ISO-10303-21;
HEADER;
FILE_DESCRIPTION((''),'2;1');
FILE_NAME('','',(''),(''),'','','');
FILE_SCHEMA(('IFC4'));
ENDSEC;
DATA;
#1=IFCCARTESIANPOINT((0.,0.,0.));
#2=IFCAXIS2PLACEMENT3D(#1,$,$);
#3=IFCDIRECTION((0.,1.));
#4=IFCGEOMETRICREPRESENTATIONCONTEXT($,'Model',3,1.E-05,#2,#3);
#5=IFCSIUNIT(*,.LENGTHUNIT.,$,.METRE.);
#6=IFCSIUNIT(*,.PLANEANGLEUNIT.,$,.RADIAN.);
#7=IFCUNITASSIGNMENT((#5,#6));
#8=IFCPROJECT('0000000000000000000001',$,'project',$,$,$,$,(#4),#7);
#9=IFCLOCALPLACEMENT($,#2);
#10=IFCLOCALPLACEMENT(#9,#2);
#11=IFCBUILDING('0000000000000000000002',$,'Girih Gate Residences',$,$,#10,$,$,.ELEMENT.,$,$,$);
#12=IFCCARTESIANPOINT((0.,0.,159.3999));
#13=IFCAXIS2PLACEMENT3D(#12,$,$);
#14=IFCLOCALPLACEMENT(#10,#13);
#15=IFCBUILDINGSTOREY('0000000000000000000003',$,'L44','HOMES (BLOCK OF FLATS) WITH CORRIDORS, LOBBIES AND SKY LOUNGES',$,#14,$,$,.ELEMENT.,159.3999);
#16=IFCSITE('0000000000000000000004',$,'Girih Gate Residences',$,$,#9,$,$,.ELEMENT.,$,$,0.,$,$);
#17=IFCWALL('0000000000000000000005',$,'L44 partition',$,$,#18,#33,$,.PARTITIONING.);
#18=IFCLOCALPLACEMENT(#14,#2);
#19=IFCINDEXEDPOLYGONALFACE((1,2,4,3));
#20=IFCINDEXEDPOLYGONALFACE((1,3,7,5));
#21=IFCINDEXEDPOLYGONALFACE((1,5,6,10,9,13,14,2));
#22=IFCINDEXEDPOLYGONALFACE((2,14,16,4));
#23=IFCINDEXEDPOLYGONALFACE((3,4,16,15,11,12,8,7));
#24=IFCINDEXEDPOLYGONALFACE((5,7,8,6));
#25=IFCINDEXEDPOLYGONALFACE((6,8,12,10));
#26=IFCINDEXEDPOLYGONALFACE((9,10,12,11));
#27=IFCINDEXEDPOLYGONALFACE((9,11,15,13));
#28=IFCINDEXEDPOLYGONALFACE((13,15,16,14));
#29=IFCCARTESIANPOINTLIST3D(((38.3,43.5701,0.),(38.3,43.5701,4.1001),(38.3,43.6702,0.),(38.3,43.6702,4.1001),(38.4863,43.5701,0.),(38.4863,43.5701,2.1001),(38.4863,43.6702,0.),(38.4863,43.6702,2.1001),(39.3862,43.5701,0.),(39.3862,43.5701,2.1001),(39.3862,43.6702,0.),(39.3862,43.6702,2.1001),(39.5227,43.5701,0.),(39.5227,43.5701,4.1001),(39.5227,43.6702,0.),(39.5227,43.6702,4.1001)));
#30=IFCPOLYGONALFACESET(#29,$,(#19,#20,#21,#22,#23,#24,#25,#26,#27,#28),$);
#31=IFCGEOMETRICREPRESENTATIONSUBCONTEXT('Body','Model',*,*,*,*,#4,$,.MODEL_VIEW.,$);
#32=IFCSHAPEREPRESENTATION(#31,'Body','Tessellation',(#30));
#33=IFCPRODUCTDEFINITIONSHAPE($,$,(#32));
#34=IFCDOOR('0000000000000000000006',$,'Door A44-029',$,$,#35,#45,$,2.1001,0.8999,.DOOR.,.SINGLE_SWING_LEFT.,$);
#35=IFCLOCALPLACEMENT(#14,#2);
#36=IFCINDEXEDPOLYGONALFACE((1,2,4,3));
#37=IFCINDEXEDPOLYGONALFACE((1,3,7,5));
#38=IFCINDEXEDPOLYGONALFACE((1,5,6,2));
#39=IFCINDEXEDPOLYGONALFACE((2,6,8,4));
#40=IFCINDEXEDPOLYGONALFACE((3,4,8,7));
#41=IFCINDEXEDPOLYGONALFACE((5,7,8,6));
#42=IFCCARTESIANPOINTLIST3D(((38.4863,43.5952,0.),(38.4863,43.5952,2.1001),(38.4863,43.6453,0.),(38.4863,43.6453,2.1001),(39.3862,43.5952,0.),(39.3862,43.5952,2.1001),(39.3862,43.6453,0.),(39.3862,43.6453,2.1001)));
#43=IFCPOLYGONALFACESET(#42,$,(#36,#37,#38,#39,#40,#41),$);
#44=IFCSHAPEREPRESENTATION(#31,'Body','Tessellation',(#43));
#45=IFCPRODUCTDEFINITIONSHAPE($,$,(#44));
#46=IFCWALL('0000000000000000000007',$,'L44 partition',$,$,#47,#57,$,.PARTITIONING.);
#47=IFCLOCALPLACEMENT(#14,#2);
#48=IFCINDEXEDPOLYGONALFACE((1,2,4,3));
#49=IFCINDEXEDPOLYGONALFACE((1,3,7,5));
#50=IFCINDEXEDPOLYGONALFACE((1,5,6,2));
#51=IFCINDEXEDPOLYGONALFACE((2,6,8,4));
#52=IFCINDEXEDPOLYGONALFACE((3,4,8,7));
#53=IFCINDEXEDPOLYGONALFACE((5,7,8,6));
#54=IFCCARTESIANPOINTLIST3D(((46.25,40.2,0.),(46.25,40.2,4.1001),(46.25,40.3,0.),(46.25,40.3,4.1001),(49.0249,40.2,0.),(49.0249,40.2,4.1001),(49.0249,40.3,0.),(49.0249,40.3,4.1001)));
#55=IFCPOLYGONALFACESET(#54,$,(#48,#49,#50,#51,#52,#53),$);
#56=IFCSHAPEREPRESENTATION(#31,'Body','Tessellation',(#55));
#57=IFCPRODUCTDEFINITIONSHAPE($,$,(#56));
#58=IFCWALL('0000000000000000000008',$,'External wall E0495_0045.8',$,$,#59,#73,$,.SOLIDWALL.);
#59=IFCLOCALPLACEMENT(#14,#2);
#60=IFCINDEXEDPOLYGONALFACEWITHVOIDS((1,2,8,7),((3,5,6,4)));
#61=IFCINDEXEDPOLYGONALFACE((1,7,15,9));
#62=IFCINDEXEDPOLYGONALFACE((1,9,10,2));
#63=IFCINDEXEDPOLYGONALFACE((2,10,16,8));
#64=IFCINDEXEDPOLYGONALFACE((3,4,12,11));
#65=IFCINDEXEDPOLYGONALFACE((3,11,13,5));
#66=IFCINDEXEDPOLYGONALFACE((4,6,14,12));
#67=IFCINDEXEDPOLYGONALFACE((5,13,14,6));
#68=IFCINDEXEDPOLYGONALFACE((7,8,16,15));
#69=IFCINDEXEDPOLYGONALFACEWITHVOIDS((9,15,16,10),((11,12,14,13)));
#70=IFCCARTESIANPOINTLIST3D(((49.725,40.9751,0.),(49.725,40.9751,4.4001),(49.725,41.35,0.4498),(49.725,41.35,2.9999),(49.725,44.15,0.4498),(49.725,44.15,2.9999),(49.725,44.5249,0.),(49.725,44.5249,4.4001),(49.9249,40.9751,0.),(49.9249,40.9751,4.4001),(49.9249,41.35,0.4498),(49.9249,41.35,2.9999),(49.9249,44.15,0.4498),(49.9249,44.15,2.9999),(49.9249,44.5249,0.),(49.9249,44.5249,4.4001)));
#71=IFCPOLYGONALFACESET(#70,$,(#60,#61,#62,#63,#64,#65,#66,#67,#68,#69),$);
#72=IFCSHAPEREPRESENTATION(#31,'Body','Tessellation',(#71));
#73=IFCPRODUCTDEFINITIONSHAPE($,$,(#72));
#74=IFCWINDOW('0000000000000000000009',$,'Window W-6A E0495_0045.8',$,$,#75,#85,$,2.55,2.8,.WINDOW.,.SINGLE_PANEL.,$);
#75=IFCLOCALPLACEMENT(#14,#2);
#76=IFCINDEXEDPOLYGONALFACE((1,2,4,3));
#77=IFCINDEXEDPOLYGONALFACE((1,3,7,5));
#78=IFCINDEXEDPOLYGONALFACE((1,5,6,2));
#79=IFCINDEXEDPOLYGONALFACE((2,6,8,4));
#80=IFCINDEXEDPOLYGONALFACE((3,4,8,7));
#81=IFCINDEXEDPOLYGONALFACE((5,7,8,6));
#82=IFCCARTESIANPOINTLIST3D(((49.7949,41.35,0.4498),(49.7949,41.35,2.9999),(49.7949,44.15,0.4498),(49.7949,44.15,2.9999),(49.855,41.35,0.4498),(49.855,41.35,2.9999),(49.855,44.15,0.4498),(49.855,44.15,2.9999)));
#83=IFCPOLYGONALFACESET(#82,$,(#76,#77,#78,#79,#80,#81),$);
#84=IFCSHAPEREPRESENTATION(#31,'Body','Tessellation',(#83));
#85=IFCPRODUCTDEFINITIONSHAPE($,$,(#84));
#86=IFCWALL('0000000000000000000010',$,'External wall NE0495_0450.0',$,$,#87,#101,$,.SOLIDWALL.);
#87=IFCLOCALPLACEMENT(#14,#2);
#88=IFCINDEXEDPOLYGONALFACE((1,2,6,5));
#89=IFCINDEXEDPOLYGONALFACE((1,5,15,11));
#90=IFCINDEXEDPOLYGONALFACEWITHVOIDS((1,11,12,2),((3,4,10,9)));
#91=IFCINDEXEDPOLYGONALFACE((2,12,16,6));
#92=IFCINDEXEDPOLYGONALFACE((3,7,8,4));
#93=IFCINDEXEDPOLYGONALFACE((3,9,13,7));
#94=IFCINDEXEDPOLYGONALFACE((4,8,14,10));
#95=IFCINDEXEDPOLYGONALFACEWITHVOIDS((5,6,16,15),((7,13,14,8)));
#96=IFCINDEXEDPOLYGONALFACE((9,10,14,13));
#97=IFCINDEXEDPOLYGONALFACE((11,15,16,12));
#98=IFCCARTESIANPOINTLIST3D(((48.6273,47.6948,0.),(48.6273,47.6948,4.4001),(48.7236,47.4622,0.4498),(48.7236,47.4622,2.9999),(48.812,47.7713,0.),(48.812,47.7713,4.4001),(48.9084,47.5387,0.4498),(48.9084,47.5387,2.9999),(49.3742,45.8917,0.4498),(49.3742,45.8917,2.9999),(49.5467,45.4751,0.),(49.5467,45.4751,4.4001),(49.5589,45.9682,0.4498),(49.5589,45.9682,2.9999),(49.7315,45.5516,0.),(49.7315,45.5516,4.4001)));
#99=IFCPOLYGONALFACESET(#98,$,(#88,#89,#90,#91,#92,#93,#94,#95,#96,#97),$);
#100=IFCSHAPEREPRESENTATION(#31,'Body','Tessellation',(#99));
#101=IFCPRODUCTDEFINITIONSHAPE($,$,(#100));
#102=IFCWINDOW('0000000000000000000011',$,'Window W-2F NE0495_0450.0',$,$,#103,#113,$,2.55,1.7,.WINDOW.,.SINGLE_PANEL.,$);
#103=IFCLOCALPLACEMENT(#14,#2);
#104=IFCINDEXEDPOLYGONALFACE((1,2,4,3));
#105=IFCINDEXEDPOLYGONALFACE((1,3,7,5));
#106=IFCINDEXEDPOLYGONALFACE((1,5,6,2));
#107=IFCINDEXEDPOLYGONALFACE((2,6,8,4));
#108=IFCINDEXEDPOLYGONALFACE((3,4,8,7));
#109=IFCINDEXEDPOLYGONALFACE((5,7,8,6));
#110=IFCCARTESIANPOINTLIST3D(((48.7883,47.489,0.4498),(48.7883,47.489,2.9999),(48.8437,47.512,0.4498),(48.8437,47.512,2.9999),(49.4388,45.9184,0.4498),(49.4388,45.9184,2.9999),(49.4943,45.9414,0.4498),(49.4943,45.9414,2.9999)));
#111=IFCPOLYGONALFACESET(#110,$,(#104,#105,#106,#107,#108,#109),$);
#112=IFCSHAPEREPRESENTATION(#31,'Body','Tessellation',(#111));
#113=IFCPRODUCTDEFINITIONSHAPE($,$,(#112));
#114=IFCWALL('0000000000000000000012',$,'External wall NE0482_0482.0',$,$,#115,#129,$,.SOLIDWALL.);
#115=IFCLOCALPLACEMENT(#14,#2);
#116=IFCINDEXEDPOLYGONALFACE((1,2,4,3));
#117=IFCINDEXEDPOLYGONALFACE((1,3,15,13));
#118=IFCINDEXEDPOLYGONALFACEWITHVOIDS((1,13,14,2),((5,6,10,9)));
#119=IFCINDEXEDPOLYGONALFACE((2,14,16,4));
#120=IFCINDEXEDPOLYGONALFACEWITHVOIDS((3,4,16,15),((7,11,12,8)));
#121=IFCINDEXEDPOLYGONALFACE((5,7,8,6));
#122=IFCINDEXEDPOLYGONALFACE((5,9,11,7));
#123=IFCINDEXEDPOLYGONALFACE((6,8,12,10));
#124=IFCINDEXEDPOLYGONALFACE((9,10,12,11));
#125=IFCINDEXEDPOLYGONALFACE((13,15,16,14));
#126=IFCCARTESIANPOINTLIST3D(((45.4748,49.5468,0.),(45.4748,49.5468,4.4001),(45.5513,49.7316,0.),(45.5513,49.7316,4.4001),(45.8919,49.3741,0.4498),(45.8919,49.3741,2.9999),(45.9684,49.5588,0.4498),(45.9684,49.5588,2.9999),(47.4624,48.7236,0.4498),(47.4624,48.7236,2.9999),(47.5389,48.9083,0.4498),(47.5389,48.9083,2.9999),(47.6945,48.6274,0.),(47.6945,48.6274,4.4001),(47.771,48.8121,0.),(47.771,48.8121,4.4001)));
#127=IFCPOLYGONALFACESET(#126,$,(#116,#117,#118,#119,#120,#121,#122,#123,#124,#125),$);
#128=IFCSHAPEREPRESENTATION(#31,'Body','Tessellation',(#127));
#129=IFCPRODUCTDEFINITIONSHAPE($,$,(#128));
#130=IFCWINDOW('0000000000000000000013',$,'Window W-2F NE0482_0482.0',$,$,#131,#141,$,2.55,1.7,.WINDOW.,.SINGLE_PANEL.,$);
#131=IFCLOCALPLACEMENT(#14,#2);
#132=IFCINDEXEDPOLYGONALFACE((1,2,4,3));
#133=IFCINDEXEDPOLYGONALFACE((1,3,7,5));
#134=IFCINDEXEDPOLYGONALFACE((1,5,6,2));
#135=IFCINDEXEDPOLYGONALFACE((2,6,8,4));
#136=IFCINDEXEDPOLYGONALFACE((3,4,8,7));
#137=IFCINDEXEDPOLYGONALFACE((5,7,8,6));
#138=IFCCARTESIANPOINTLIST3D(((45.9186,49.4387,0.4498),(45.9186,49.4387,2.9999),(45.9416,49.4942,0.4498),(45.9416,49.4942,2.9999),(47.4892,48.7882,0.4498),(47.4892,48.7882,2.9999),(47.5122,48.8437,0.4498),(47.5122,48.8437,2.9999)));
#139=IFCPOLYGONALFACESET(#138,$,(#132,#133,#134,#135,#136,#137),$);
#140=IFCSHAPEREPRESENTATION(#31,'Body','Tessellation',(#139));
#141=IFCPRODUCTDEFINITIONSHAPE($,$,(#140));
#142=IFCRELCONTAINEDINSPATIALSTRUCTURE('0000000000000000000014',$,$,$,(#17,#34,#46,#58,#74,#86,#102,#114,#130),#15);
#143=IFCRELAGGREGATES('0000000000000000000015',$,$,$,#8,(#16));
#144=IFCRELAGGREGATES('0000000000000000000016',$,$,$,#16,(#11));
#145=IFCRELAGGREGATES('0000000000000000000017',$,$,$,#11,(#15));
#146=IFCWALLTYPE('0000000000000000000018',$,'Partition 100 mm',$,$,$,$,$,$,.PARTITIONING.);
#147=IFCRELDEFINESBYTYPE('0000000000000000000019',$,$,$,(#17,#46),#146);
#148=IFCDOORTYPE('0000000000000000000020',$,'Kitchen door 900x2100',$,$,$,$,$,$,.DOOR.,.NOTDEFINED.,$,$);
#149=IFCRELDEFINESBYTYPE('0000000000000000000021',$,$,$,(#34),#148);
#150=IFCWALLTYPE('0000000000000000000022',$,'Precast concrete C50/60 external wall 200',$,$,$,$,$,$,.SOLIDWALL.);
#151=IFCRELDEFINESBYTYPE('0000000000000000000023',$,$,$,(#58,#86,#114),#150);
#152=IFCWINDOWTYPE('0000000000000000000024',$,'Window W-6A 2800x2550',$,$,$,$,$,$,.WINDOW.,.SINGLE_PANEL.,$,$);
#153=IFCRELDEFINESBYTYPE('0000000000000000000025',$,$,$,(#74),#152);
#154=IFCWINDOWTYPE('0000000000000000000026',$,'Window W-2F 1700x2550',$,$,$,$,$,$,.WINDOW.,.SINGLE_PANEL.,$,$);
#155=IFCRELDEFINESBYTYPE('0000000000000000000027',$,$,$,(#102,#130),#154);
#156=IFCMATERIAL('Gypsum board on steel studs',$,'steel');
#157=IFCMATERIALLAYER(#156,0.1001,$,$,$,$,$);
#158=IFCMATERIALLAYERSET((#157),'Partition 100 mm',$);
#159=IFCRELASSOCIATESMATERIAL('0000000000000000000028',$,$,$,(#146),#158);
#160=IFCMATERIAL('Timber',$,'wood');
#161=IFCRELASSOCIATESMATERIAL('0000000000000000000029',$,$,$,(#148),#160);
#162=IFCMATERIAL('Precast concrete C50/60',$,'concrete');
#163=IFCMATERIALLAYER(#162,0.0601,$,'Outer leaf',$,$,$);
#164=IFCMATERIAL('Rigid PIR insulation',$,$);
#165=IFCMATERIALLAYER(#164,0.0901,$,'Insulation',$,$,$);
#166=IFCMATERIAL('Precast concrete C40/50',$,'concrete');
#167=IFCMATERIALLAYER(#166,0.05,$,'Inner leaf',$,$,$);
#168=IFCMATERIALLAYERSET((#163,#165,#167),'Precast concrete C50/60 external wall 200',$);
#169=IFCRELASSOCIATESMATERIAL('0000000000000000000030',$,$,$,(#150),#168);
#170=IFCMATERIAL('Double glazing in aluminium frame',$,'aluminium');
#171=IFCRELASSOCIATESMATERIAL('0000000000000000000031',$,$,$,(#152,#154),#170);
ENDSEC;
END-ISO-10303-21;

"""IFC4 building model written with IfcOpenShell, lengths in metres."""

from ifc_helpers import new_model, si_unit, direction, frame, frame_2d, origin, place, context, subcontext, project, spatial, rectangle, extrude, material, layer, layer_set, type_object, element, fill, save


model = new_model("IFC4")

# Units and contexts
model_context = context("Model", 3, precision=1e-05, world=origin(), true_north=direction((0.0, 1.0)))
body_context = subcontext(model_context, "Body", "Model", "MODEL_VIEW")
ifc_project = project(units=[si_unit("LENGTHUNIT", "METRE"), si_unit("PLANEANGLEUNIT", "RADIAN")], contexts=[model_context])

# Site, building, storey
site_placement = place(None, origin())
site = spatial("IfcSite", under=ifc_project, at=site_placement, Name="Girih Gate Residences", CompositionType="ELEMENT", RefElevation=0.0)
building_placement = place(site_placement, origin())
building = spatial("IfcBuilding", under=site, at=building_placement, Name="Girih Gate Residences", CompositionType="ELEMENT")
storey_placement = place(building_placement, frame((0.0, 0.0, 159.3999)))
storey = spatial("IfcBuildingStorey", under=building, at=storey_placement, Name="L44", Description="HOMES (BLOCK OF FLATS) WITH CORRIDORS, LOBBIES AND SKY LOUNGES", CompositionType="ELEMENT", Elevation=159.3999)

# Shared definitions
ifc_material_1 = material(Name="Gypsum board on steel studs", Category="steel")

# Wall, opening, door
ifc_layer_1 = layer(ifc_material_1, 0.1001)
ifc_layer_set_1 = layer_set([ifc_layer_1], Name="Partition 100 mm")
wall_type_1 = type_object("IfcWallType", Name="Partition 100 mm", PredefinedType="PARTITIONING", material=ifc_layer_set_1)
wall_1_placement = place(storey_placement, frame((39.5227, 43.6201, 0.0), z_axis=(0.0, 0.0, 1.0), x_axis=(-1.0, 0.0, 0.0)))
wall_1 = element("IfcWall", 1, at=wall_1_placement, inside=storey, type_object=wall_type_1, Name="L44 partition", PredefinedType="PARTITIONING", context=body_context, shape_type="SweptSolid", body=[
    extrude(rectangle(XDim=1.2227, YDim=0.1001, at=frame_2d((0.6113, 0.0))), origin(), (0.0, 0.0, 1.0), 4.1001),
])
opening_1_placement = place(wall_1_placement, frame((0.1365, 0.0, 0.0)))
opening_1 = element("IfcOpeningElement", 2, at=opening_1_placement, cuts=wall_1, PredefinedType="OPENING", context=body_context, shape_type="SweptSolid", body=[
    extrude(rectangle(XDim=0.8999, YDim=2.1001, at=frame_2d((0.45, 1.05))), frame((0.0, 0.0601, 0.0), z_axis=(0.0, -1.0, 0.0), x_axis=(1.0, 0.0, 0.0)), (0.0, 0.0, 1.0), 0.1201),
])
ifc_material_2 = material(Name="Timber", Category="wood")
door_type_1 = type_object("IfcDoorType", Name="Kitchen door 900x2100", OperationType="NOTDEFINED", PredefinedType="DOOR", material=ifc_material_2)
door_1_placement = place(opening_1_placement, origin())
door_1 = element("IfcDoor", 3, at=door_1_placement, inside=storey, type_object=door_type_1, Name="Door A44-029", OperationType="SINGLE_SWING_LEFT", OverallHeight=2.1001, OverallWidth=0.8999, PredefinedType="DOOR", context=body_context, shape_type="SweptSolid", body=[
    extrude(rectangle(XDim=0.8999, YDim=2.1001, at=frame_2d((0.45, 1.05))), frame((0.0, 0.0249, 0.0), z_axis=(0.0, -1.0, 0.0), x_axis=(1.0, 0.0, 0.0)), (0.0, 0.0, 1.0), 0.05),
])
fill(opening_1, door_1)

# Wall
wall_2_placement = place(storey_placement, frame((46.25, 40.25, 0.0), z_axis=(0.0, 0.0, 1.0), x_axis=(1.0, 0.0, 0.0)))
element("IfcWall", 4, at=wall_2_placement, inside=storey, type_object=wall_type_1, Name="L44 partition", PredefinedType="PARTITIONING", context=body_context, shape_type="SweptSolid", body=[
    extrude(rectangle(XDim=2.7749, YDim=0.1001, at=frame_2d((1.3875, 0.0))), origin(), (0.0, 0.0, 1.0), 4.1001),
])

# Walls, openings, windows
ifc_material_3 = material(Name="Precast concrete C50/60", Category="concrete")
ifc_layer_2 = layer(ifc_material_3, 0.0601, Name="Outer leaf")
ifc_material_4 = material(Name="Rigid PIR insulation")
ifc_layer_3 = layer(ifc_material_4, 0.0901, Name="Insulation")
ifc_material_5 = material(Name="Precast concrete C40/50", Category="concrete")
ifc_layer_4 = layer(ifc_material_5, 0.05, Name="Inner leaf")
ifc_layer_set_2 = layer_set([ifc_layer_2, ifc_layer_3, ifc_layer_4], Name="Precast concrete C50/60 external wall 200")
wall_type_2 = type_object("IfcWallType", Name="Precast concrete C50/60 external wall 200", PredefinedType="SOLIDWALL", material=ifc_layer_set_2)
wall_3_placement = place(storey_placement, frame((49.825, 44.5249, 0.0), z_axis=(0.0, 0.0, 1.0), x_axis=(0.0, -1.0, 0.0)))
wall_3 = element("IfcWall", 5, at=wall_3_placement, inside=storey, type_object=wall_type_2, Name="External wall E0495_0045.8", PredefinedType="SOLIDWALL", context=body_context, shape_type="SweptSolid", body=[
    extrude(rectangle(XDim=3.5498, YDim=0.2, at=frame_2d((1.7749, 0.0))), origin(), (0.0, 0.0, 1.0), 4.4001),
])
opening_2_placement = place(wall_3_placement, frame((0.375, 0.0, 0.45)))
opening_2 = element("IfcOpeningElement", 6, at=opening_2_placement, cuts=wall_3, PredefinedType="OPENING", context=body_context, shape_type="SweptSolid", body=[
    extrude(rectangle(XDim=2.8, YDim=2.55, at=frame_2d((1.3999, 1.2749))), frame((0.0, 0.1099, 0.0), z_axis=(0.0, -1.0, 0.0), x_axis=(1.0, 0.0, 0.0)), (0.0, 0.0, 1.0), 0.22),
])
ifc_material_6 = material(Name="Double glazing in aluminium frame", Category="aluminium")
window_type_1 = type_object("IfcWindowType", Name="Window W-6A 2800x2550", PartitioningType="SINGLE_PANEL", PredefinedType="WINDOW", material=ifc_material_6)
window_1_placement = place(opening_2_placement, origin())
window_1 = element("IfcWindow", 7, at=window_1_placement, inside=storey, type_object=window_type_1, Name="Window W-6A E0495_0045.8", OverallHeight=2.55, OverallWidth=2.8, PartitioningType="SINGLE_PANEL", PredefinedType="WINDOW", context=body_context, shape_type="SweptSolid", body=[
    extrude(rectangle(XDim=2.8, YDim=2.55, at=frame_2d((1.3999, 1.2749))), frame((0.0, 0.03, 0.0), z_axis=(0.0, -1.0, 0.0), x_axis=(1.0, 0.0, 0.0)), (0.0, 0.0, 1.0), 0.0601),
])
fill(opening_2, window_1)
wall_4_placement = place(storey_placement, frame((48.7197, 47.7329, 0.0), z_axis=(0.0, 0.0, 1.0), x_axis=(0.382681, -0.923881, 0.0)))
wall_4 = element("IfcWall", 8, at=wall_4_placement, inside=storey, type_object=wall_type_2, Name="External wall NE0495_0450.0", PredefinedType="SOLIDWALL", context=body_context, shape_type="SweptSolid", body=[
    extrude(rectangle(XDim=2.4026, YDim=0.2, at=frame_2d((1.2012, 0.0))), origin(), (0.0, 0.0, 1.0), 4.4001),
])
opening_3_placement = place(wall_4_placement, frame((0.2515, 0.0, 0.45)))
opening_3 = element("IfcOpeningElement", 9, at=opening_3_placement, cuts=wall_4, PredefinedType="OPENING", context=body_context, shape_type="SweptSolid", body=[
    extrude(rectangle(XDim=1.7, YDim=2.55, at=frame_2d((0.8501, 1.2749))), frame((0.0, 0.1099, 0.0), z_axis=(0.0, -1.0, 0.0), x_axis=(1.0, 0.0, 0.0)), (0.0, 0.0, 1.0), 0.22),
])
window_type_2 = type_object("IfcWindowType", Name="Window W-2F 1700x2550", PartitioningType="SINGLE_PANEL", PredefinedType="WINDOW", material=ifc_material_6)
window_2_placement = place(opening_3_placement, origin())
window_2 = element("IfcWindow", 10, at=window_2_placement, inside=storey, type_object=window_type_2, Name="Window W-2F NE0495_0450.0", OverallHeight=2.55, OverallWidth=1.7, PartitioningType="SINGLE_PANEL", PredefinedType="WINDOW", context=body_context, shape_type="SweptSolid", body=[
    extrude(rectangle(XDim=1.7, YDim=2.55, at=frame_2d((0.8501, 1.2749))), frame((0.0, 0.03, 0.0), z_axis=(0.0, -1.0, 0.0), x_axis=(1.0, 0.0, 0.0)), (0.0, 0.0, 1.0), 0.0601),
])
fill(opening_3, window_2)
wall_5_placement = place(storey_placement, frame((45.5132, 49.6392, 0.0), z_axis=(0.0, 0.0, 1.0), x_axis=(0.923881, -0.382681, 0.0)))
wall_5 = element("IfcWall", 11, at=wall_5_placement, inside=storey, type_object=wall_type_2, Name="External wall NE0482_0482.0", PredefinedType="SOLIDWALL", context=body_context, shape_type="SweptSolid", body=[
    extrude(rectangle(XDim=2.4026, YDim=0.2, at=frame_2d((1.2012, 0.0))), origin(), (0.0, 0.0, 1.0), 4.4001),
])
opening_4_placement = place(wall_5_placement, frame((0.4512, 0.0, 0.45)))
opening_4 = element("IfcOpeningElement", 12, at=opening_4_placement, cuts=wall_5, PredefinedType="OPENING", context=body_context, shape_type="SweptSolid", body=[
    extrude(rectangle(XDim=1.7, YDim=2.55, at=frame_2d((0.8501, 1.2749))), frame((0.0, 0.1099, 0.0), z_axis=(0.0, -1.0, 0.0), x_axis=(1.0, 0.0, 0.0)), (0.0, 0.0, 1.0), 0.22),
])
window_3_placement = place(opening_4_placement, origin())
window_3 = element("IfcWindow", 13, at=window_3_placement, inside=storey, type_object=window_type_2, Name="Window W-2F NE0482_0482.0", OverallHeight=2.55, OverallWidth=1.7, PartitioningType="SINGLE_PANEL", PredefinedType="WINDOW", context=body_context, shape_type="SweptSolid", body=[
    extrude(rectangle(XDim=1.7, YDim=2.55, at=frame_2d((0.8501, 1.2749))), frame((0.0, 0.03, 0.0), z_axis=(0.0, -1.0, 0.0), x_axis=(1.0, 0.0, 0.0)), (0.0, 0.0, 1.0), 0.0601),
])
fill(opening_4, window_3)

save(model, "model.ifc")
